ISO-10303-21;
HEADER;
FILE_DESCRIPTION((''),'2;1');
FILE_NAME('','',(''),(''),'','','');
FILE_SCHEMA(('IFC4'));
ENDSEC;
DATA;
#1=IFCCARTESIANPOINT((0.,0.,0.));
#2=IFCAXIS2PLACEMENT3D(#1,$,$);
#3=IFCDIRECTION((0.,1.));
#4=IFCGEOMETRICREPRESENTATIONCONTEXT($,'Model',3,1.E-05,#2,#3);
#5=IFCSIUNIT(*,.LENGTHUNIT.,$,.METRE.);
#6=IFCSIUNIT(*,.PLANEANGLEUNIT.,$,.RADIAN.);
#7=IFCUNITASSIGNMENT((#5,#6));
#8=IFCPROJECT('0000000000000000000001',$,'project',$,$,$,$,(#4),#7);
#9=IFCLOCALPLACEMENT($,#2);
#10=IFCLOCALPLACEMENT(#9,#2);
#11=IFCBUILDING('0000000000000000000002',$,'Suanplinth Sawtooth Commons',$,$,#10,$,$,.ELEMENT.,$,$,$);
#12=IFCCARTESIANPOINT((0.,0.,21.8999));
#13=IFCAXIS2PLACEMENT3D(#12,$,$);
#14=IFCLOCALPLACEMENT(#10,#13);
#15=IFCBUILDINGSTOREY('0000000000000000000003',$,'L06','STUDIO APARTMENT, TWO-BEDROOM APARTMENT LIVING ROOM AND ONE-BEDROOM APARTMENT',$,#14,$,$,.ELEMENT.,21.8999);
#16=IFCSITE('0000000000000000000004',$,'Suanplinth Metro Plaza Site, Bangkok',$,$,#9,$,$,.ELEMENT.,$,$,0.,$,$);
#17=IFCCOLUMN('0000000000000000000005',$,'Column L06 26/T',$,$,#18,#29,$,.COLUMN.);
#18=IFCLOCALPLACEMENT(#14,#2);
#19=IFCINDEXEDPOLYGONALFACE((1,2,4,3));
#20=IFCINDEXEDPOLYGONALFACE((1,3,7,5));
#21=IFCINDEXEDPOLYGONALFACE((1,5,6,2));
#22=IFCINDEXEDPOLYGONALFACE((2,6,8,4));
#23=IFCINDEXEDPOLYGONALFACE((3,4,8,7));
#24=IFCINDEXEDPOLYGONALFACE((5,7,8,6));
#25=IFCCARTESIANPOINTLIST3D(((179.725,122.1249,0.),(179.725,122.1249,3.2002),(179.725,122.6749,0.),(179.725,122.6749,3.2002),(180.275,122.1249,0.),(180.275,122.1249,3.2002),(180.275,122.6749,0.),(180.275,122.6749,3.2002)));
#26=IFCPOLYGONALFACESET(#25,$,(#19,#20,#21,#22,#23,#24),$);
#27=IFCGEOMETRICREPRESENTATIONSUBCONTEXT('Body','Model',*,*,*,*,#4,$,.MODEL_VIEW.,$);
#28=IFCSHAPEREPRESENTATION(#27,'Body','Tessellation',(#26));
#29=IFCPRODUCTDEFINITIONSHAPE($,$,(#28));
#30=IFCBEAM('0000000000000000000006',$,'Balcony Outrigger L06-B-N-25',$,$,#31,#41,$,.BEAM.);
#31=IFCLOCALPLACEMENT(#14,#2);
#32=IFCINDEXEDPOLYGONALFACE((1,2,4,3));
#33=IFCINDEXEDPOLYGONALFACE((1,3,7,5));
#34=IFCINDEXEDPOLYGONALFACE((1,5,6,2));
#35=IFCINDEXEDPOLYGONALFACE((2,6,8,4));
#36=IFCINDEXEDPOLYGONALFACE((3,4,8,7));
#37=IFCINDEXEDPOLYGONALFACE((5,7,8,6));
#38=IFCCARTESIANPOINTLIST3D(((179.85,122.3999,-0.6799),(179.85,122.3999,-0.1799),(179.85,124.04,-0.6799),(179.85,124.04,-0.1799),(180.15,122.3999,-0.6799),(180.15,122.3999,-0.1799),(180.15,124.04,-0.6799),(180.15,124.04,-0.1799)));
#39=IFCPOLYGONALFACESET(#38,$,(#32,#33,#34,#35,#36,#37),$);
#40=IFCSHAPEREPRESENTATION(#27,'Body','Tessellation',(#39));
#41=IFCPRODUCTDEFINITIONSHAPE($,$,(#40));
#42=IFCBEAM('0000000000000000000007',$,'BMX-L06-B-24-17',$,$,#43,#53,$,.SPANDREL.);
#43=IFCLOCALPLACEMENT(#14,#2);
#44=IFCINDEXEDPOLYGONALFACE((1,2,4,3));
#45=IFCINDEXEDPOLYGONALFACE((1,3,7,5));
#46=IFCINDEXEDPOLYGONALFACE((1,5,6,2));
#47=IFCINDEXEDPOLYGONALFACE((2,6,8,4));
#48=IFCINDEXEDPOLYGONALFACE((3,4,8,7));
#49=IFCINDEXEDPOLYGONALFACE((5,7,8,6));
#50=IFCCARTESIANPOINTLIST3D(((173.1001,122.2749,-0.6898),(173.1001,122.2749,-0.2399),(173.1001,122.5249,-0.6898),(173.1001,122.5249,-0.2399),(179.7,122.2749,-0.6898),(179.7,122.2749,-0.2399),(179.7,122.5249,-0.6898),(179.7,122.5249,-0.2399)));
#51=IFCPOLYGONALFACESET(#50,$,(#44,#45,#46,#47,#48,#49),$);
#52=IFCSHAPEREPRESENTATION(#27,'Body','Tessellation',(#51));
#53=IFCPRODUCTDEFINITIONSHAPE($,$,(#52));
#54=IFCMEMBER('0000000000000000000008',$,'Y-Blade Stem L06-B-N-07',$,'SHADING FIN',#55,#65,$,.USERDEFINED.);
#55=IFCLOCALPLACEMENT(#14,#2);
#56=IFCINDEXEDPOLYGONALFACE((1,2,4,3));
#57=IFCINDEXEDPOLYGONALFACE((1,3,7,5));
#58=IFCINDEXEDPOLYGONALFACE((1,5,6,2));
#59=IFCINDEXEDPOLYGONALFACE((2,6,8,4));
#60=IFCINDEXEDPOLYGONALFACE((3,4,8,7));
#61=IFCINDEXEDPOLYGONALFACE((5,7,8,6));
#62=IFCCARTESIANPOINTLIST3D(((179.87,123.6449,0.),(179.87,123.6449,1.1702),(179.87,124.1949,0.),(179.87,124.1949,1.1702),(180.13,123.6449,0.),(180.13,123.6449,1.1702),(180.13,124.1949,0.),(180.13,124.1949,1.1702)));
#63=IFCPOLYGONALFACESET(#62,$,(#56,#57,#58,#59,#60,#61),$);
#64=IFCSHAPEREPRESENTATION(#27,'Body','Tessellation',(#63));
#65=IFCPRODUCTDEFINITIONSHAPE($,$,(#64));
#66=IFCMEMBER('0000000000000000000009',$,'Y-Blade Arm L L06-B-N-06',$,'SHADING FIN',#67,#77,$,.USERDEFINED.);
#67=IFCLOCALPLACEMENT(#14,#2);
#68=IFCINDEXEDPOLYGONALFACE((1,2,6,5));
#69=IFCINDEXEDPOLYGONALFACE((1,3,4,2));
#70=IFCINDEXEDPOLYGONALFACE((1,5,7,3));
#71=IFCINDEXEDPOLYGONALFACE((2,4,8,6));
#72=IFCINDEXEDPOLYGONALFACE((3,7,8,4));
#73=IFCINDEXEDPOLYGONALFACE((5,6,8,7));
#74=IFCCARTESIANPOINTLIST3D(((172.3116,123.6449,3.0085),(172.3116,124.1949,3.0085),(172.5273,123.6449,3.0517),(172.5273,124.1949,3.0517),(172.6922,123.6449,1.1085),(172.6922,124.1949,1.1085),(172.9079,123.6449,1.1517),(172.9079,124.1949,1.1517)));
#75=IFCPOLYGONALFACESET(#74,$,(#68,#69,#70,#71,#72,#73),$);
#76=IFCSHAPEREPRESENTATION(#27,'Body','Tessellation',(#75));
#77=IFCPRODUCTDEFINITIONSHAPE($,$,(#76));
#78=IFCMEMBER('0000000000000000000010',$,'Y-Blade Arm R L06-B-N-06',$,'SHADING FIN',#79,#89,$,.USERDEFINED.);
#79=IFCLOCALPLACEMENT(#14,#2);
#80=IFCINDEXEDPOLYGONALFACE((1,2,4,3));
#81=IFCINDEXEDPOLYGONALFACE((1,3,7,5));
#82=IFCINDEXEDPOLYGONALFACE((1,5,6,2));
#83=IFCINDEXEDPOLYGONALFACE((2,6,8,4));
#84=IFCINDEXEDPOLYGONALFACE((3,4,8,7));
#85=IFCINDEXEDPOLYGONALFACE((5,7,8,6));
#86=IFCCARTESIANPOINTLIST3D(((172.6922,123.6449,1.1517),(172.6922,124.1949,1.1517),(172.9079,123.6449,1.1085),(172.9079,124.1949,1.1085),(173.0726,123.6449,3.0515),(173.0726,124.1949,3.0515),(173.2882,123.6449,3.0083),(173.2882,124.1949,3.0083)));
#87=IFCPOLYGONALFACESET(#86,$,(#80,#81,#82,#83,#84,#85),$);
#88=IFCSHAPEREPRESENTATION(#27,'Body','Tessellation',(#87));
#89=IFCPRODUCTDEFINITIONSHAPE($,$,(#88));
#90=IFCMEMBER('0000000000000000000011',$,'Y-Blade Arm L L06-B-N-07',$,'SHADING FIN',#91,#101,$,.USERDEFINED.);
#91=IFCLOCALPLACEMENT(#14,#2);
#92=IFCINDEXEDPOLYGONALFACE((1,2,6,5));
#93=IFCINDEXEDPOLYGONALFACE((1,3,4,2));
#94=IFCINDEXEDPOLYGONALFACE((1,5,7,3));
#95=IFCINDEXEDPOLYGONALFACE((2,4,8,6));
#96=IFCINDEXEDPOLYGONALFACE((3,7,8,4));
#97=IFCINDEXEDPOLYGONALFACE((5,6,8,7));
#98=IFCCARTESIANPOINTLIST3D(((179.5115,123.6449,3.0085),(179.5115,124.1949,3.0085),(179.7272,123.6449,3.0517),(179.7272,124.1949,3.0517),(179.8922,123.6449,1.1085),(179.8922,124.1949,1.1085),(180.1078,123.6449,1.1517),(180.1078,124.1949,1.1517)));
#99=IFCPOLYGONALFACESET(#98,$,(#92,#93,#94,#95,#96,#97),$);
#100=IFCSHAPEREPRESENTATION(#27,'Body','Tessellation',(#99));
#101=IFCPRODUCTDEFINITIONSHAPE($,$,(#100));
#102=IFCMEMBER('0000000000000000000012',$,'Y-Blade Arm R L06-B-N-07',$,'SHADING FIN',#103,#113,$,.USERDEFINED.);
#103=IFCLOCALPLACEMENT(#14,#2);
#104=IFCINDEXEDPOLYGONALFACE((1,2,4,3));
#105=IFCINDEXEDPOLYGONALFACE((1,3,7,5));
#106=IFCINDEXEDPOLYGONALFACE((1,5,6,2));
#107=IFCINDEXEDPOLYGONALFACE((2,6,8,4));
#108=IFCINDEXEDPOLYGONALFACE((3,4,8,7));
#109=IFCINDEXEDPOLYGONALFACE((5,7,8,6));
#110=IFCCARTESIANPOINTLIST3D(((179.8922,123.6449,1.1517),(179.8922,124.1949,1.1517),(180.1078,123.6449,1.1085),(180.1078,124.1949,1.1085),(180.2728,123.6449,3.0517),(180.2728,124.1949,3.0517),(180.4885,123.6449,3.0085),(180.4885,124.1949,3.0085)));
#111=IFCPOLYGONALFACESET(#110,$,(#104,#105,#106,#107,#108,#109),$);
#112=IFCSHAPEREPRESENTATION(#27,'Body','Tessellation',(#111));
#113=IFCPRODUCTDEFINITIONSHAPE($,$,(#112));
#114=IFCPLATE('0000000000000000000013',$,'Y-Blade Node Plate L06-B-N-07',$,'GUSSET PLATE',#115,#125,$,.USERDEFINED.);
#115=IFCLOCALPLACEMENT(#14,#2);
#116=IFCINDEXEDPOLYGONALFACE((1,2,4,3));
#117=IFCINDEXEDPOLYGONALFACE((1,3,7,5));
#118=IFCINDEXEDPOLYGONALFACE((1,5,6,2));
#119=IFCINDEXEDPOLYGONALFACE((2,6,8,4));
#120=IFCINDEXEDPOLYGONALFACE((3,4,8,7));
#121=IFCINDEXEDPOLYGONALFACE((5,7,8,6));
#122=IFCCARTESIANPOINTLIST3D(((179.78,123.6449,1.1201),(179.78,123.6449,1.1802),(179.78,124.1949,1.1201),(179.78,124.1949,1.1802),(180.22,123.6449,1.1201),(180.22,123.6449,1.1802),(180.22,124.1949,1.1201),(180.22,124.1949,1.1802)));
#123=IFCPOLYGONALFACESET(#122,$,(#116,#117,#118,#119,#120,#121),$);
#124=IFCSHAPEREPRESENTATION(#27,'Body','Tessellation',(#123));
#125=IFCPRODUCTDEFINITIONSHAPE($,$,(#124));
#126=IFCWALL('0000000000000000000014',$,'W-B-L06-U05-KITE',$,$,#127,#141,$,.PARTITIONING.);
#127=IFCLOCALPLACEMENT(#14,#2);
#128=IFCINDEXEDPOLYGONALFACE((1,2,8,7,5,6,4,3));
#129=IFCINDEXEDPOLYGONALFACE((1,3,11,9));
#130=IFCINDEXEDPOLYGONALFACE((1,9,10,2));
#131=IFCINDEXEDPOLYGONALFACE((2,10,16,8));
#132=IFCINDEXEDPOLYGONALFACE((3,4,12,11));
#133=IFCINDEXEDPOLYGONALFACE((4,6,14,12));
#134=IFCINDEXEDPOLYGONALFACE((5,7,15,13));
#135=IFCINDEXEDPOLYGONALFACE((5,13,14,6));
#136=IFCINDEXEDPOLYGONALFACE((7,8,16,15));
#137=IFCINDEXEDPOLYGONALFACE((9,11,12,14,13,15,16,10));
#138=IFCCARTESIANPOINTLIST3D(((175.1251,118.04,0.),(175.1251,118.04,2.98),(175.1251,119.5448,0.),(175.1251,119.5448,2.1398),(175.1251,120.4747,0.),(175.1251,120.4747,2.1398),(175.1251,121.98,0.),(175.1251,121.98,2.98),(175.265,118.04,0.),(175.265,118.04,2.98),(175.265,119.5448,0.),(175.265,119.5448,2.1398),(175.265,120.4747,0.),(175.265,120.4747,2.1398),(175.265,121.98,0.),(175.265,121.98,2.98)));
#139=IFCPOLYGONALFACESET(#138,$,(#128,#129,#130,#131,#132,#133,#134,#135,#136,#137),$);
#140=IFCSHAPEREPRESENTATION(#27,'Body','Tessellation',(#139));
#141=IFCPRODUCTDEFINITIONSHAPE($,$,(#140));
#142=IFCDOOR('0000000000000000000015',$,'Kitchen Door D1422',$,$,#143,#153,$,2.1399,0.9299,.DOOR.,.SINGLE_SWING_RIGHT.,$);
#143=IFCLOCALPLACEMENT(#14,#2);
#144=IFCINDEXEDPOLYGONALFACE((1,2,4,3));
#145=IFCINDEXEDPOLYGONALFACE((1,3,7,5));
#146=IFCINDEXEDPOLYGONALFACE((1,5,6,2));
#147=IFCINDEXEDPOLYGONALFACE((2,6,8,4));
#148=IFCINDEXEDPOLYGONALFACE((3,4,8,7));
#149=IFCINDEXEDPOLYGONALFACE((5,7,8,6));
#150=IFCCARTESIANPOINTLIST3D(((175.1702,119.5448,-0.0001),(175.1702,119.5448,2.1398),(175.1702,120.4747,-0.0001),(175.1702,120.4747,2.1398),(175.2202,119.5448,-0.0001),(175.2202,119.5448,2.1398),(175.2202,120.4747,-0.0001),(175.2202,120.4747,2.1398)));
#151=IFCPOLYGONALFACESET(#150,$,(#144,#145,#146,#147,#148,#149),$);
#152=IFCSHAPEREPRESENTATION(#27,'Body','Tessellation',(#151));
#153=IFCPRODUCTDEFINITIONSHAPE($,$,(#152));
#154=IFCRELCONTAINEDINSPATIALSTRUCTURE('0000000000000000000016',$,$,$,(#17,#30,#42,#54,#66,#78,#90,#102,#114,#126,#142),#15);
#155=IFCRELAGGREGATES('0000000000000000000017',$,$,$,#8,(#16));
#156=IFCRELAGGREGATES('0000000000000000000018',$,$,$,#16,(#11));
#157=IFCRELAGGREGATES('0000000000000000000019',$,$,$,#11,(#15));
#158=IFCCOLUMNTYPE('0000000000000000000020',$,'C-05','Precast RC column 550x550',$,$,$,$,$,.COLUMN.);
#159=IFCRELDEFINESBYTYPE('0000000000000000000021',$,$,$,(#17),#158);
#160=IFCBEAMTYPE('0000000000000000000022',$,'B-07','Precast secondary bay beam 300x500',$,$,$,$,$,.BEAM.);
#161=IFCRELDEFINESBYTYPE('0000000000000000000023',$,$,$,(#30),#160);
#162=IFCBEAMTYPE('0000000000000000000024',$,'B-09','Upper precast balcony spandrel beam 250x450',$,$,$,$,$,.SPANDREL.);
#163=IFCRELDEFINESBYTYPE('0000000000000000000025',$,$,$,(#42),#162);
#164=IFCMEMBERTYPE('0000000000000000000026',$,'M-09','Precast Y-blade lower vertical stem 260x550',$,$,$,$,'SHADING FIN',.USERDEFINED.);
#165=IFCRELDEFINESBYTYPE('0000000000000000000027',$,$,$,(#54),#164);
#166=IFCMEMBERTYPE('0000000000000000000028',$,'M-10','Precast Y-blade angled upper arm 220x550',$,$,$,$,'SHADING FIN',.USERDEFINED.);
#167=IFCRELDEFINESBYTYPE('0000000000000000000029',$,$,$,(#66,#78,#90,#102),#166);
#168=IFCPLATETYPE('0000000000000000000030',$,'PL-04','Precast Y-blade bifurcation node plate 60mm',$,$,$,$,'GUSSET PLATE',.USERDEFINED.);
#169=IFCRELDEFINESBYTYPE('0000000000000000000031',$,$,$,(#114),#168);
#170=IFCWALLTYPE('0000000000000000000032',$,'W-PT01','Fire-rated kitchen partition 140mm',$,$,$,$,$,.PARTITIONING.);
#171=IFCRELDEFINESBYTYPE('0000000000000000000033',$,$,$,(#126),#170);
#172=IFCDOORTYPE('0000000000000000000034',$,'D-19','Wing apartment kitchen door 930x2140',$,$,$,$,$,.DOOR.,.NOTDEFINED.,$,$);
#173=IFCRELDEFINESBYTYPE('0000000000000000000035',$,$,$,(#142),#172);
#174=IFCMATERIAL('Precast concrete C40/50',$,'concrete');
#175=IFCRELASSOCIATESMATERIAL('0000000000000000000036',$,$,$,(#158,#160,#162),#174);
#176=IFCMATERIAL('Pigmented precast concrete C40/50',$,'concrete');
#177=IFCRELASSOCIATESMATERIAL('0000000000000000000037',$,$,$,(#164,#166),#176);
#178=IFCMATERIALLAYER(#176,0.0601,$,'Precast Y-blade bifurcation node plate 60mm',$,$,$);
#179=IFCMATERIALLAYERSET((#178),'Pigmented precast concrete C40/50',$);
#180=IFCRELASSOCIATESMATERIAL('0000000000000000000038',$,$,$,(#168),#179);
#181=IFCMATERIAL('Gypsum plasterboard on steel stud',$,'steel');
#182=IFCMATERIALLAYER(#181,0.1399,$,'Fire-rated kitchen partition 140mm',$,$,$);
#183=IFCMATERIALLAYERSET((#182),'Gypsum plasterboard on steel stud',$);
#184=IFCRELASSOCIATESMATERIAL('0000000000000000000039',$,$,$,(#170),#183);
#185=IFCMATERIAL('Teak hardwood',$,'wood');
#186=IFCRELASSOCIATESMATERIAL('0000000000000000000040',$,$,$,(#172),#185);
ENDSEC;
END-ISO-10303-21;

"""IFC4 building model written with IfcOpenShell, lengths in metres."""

from ifc_helpers import new_model, si_unit, direction, frame, frame_2d, origin, origin_2d, place, context, subcontext, project, spatial, rectangle, extrude, material, layer, layer_set, material_profile, profile_set, type_object, element, fill, save


model = new_model("IFC4")

# Units and contexts
model_context = context("Model", 3, precision=1e-05, world=origin(), true_north=direction((0.0, 1.0)))
body_context = subcontext(model_context, "Body", "Model", "MODEL_VIEW")
ifc_project = project(units=[si_unit("LENGTHUNIT", "METRE"), si_unit("PLANEANGLEUNIT", "RADIAN")], contexts=[model_context])

# Site, building, storey
site_placement = place(None, origin())
site = spatial("IfcSite", under=ifc_project, at=site_placement, Name="Suanplinth Metro Plaza Site, Bangkok", CompositionType="ELEMENT", RefElevation=0.0)
building_placement = place(site_placement, origin())
building = spatial("IfcBuilding", under=site, at=building_placement, Name="Suanplinth Sawtooth Commons", CompositionType="ELEMENT")
storey_placement = place(building_placement, frame((0.0, 0.0, 21.8999)))
storey = spatial("IfcBuildingStorey", under=building, at=storey_placement, Name="L06", Description="STUDIO APARTMENT, TWO-BEDROOM APARTMENT LIVING ROOM AND ONE-BEDROOM APARTMENT", CompositionType="ELEMENT", Elevation=21.8999)

# Column
ifc_material_1 = material(Name="Precast concrete C40/50", Category="concrete")
ifc_material_profile_1 = material_profile(ifc_material_1, rectangle(XDim=0.55, YDim=0.55, at=origin_2d()), Name="PC-COL 550x550")
ifc_profile_set_1 = profile_set([ifc_material_profile_1], Name="Precast concrete C40/50")
column_type = type_object("IfcColumnType", Name="C-05", Description="Precast RC column 550x550", PredefinedType="COLUMN", material=ifc_profile_set_1)
column_placement = place(storey_placement, frame((180.0, 122.3999, 0.0), z_axis=(0.0, 0.0, 1.0), x_axis=(1.0, 0.0, 0.0)))
element("IfcColumn", 1, at=column_placement, inside=storey, type_object=column_type, Name="Column L06 26/T", PredefinedType="COLUMN", context=body_context, shape_type="SweptSolid", body=[
    extrude(rectangle(XDim=0.55, YDim=0.55, at=origin_2d()), origin(), (0.0, 0.0, 1.0), 3.2002),
])

# Beams
ifc_material_profile_2 = material_profile(ifc_material_1, rectangle(XDim=0.3, YDim=0.5, at=origin_2d()), Name="PC-BM 300x500")
ifc_profile_set_2 = profile_set([ifc_material_profile_2], Name="Precast concrete C40/50")
beam_type_1 = type_object("IfcBeamType", Name="B-07", Description="Precast secondary bay beam 300x500", PredefinedType="BEAM", material=ifc_profile_set_2)
beam_1_placement = place(storey_placement, frame((180.0, 122.3999, -0.4299), z_axis=(0.0, 1.0, 0.0), x_axis=(-1.0, 0.0, 0.0)))
element("IfcBeam", 2, at=beam_1_placement, inside=storey, type_object=beam_type_1, Name="Balcony Outrigger L06-B-N-25", PredefinedType="BEAM", context=body_context, shape_type="SweptSolid", body=[
    extrude(rectangle(XDim=0.3, YDim=0.5, at=origin_2d()), origin(), (0.0, 0.0, 1.0), 1.6401),
])
ifc_material_profile_3 = material_profile(ifc_material_1, rectangle(XDim=0.25, YDim=0.45, at=origin_2d()), Name="PC-SP 250x450")
ifc_profile_set_3 = profile_set([ifc_material_profile_3], Name="Precast concrete C40/50")
beam_type_2 = type_object("IfcBeamType", Name="B-09", Description="Upper precast balcony spandrel beam 250x450", PredefinedType="SPANDREL", material=ifc_profile_set_3)
beam_2_placement = place(storey_placement, frame((173.1001, 122.3999, -0.4648), z_axis=(1.0, 0.0, 0.0), x_axis=(0.0, 1.0, 0.0)))
element("IfcBeam", 3, at=beam_2_placement, inside=storey, type_object=beam_type_2, Name="BMX-L06-B-24-17", PredefinedType="SPANDREL", context=body_context, shape_type="SweptSolid", body=[
    extrude(rectangle(XDim=0.25, YDim=0.45, at=origin_2d()), origin(), (0.0, 0.0, 1.0), 6.5999),
])

# Members
ifc_material_2 = material(Name="Pigmented precast concrete C40/50", Category="concrete")
ifc_material_profile_4 = material_profile(ifc_material_2, rectangle(XDim=0.26, YDim=0.55, at=origin_2d()), Name="PC-FIN 260x550")
ifc_profile_set_4 = profile_set([ifc_material_profile_4], Name="Pigmented precast concrete C40/50")
member_type_1 = type_object("IfcMemberType", Name="M-09", Description="Precast Y-blade lower vertical stem 260x550", ElementType="SHADING FIN", PredefinedType="USERDEFINED", material=ifc_profile_set_4)
member_1_placement = place(storey_placement, frame((180.0, 123.9199, 0.0), z_axis=(0.0, 0.0, 1.0), x_axis=(1.0, 0.0, 0.0)))
element("IfcMember", 4, at=member_1_placement, inside=storey, type_object=member_type_1, Name="Y-Blade Stem L06-B-N-07", ObjectType="SHADING FIN", PredefinedType="USERDEFINED", context=body_context, shape_type="SweptSolid", body=[
    extrude(rectangle(XDim=0.26, YDim=0.55, at=origin_2d()), origin(), (0.0, 0.0, 1.0), 1.1702),
])
ifc_material_profile_5 = material_profile(ifc_material_2, rectangle(XDim=0.22, YDim=0.55, at=origin_2d()), Name="PC-FIN 220x550")
ifc_profile_set_5 = profile_set([ifc_material_profile_5], Name="Pigmented precast concrete C40/50")
member_type_2 = type_object("IfcMemberType", Name="M-10", Description="Precast Y-blade angled upper arm 220x550", ElementType="SHADING FIN", PredefinedType="USERDEFINED", material=ifc_profile_set_5)
member_2_placement = place(storey_placement, frame((172.8, 123.9199, 1.1301), z_axis=(-0.196431, 0.0, 0.980518), x_axis=(0.980518, 0.0, 0.196431)))
element("IfcMember", 5, at=member_2_placement, inside=storey, type_object=member_type_2, Name="Y-Blade Arm L L06-B-N-06", ObjectType="SHADING FIN", PredefinedType="USERDEFINED", context=body_context, shape_type="SweptSolid", body=[
    extrude(rectangle(XDim=0.22, YDim=0.55, at=origin_2d()), origin(), (0.0, 0.0, 1.0), 1.9377),
])
member_3_placement = place(storey_placement, frame((172.8, 123.9199, 1.1301), z_axis=(0.19631, 0.0, 0.980542), x_axis=(-0.980542, 0.0, 0.19631)))
element("IfcMember", 6, at=member_3_placement, inside=storey, type_object=member_type_2, Name="Y-Blade Arm R L06-B-N-06", ObjectType="SHADING FIN", PredefinedType="USERDEFINED", context=body_context, shape_type="SweptSolid", body=[
    extrude(rectangle(XDim=0.22, YDim=0.55, at=origin_2d()), origin(), (0.0, 0.0, 1.0), 1.9375),
])
for number, where, z_axis, x_axis, name in (
    (7, (180.0, 123.9199, 1.1301), (-0.196431, 0.0, 0.980518), (0.980518, 0.0, 0.196431), "Y-Blade Arm L L06-B-N-07"),
    (8, (180.0, 123.9199, 1.1301), (0.196431, 0.0, 0.980518), (-0.980518, 0.0, 0.196431), "Y-Blade Arm R L06-B-N-07"),
):
    element("IfcMember", number, at=place(storey_placement, frame(where, z_axis=z_axis, x_axis=x_axis)), inside=storey, type_object=member_type_2, Name=name, ObjectType="SHADING FIN", PredefinedType="USERDEFINED", context=body_context, shape_type="SweptSolid", body=[
        extrude(rectangle(XDim=0.22, YDim=0.55, at=origin_2d()), origin(), (0.0, 0.0, 1.0), 1.9377),
    ])

# Plate
ifc_layer_1 = layer(ifc_material_2, 0.0601, Name="Precast Y-blade bifurcation node plate 60mm")
ifc_layer_set_1 = layer_set([ifc_layer_1], Name="Pigmented precast concrete C40/50")
plate_type = type_object("IfcPlateType", Name="PL-04", Description="Precast Y-blade bifurcation node plate 60mm", ElementType="GUSSET PLATE", PredefinedType="USERDEFINED", material=ifc_layer_set_1)
plate_placement = place(storey_placement, frame((180.0, 123.9199, 1.1201), z_axis=(0.0, 0.0, 1.0), x_axis=(1.0, 0.0, 0.0)))
element("IfcPlate", 9, at=plate_placement, inside=storey, type_object=plate_type, Name="Y-Blade Node Plate L06-B-N-07", ObjectType="GUSSET PLATE", PredefinedType="USERDEFINED", context=body_context, shape_type="SweptSolid", body=[
    extrude(rectangle(XDim=0.4399, YDim=0.55, at=origin_2d()), origin(), (0.0, 0.0, 1.0), 0.0601),
])

# Wall, opening, door
ifc_material_3 = material(Name="Gypsum plasterboard on steel stud", Category="steel")
ifc_layer_2 = layer(ifc_material_3, 0.1399, Name="Fire-rated kitchen partition 140mm")
ifc_layer_set_2 = layer_set([ifc_layer_2], Name="Gypsum plasterboard on steel stud")
wall_type_1 = type_object("IfcWallType", Name="W-PT01", Description="Fire-rated kitchen partition 140mm", PredefinedType="PARTITIONING", material=ifc_layer_set_2)
wall_1_placement = place(storey_placement, frame((175.1951, 118.04, 0.0), z_axis=(0.0, 0.0, 1.0), x_axis=(0.0, 1.0, 0.0)))
wall_1 = element("IfcWall", 10, at=wall_1_placement, inside=storey, type_object=wall_type_1, Name="W-B-L06-U05-KITE", PredefinedType="PARTITIONING", context=body_context, shape_type="SweptSolid", body=[
    extrude(rectangle(XDim=3.9399, YDim=0.1399, at=frame_2d((1.97, 0.0))), origin(), (0.0, 0.0, 1.0), 2.98),
])
opening_1_placement = place(wall_1_placement, frame((1.5049, 0.0, 0.0)))
opening_1 = element("IfcOpeningElement", 11, at=opening_1_placement, cuts=wall_1, PredefinedType="OPENING", context=body_context, shape_type="SweptSolid", body=[
    extrude(rectangle(XDim=0.9299, YDim=2.1399, at=frame_2d((0.4648, 1.0698))), frame((0.0, 0.085, 0.0), z_axis=(0.0, -1.0, 0.0), x_axis=(1.0, 0.0, 0.0)), (0.0, 0.0, 1.0), 0.1697),
])
ifc_material_4 = material(Name="Teak hardwood", Category="wood")
door_type_1 = type_object("IfcDoorType", Name="D-19", Description="Wing apartment kitchen door 930x2140", OperationType="NOTDEFINED", PredefinedType="DOOR", material=ifc_material_4)
door_1_placement = place(opening_1_placement, origin())
door_1 = element("IfcDoor", 12, at=door_1_placement, inside=storey, type_object=door_type_1, Name="Kitchen Door D1422", OperationType="SINGLE_SWING_RIGHT", OverallHeight=2.1399, OverallWidth=0.9299, PredefinedType="DOOR", context=body_context, shape_type="SweptSolid", body=[
    extrude(rectangle(XDim=0.9299, YDim=2.1399, at=frame_2d((0.4648, 1.0698))), frame((0.0, 0.0249, 0.0), z_axis=(0.0, -1.0, 0.0), x_axis=(1.0, 0.0, 0.0)), (0.0, 0.0, 1.0), 0.05),
])
fill(opening_1, door_1)

save(model, "model.ifc")
